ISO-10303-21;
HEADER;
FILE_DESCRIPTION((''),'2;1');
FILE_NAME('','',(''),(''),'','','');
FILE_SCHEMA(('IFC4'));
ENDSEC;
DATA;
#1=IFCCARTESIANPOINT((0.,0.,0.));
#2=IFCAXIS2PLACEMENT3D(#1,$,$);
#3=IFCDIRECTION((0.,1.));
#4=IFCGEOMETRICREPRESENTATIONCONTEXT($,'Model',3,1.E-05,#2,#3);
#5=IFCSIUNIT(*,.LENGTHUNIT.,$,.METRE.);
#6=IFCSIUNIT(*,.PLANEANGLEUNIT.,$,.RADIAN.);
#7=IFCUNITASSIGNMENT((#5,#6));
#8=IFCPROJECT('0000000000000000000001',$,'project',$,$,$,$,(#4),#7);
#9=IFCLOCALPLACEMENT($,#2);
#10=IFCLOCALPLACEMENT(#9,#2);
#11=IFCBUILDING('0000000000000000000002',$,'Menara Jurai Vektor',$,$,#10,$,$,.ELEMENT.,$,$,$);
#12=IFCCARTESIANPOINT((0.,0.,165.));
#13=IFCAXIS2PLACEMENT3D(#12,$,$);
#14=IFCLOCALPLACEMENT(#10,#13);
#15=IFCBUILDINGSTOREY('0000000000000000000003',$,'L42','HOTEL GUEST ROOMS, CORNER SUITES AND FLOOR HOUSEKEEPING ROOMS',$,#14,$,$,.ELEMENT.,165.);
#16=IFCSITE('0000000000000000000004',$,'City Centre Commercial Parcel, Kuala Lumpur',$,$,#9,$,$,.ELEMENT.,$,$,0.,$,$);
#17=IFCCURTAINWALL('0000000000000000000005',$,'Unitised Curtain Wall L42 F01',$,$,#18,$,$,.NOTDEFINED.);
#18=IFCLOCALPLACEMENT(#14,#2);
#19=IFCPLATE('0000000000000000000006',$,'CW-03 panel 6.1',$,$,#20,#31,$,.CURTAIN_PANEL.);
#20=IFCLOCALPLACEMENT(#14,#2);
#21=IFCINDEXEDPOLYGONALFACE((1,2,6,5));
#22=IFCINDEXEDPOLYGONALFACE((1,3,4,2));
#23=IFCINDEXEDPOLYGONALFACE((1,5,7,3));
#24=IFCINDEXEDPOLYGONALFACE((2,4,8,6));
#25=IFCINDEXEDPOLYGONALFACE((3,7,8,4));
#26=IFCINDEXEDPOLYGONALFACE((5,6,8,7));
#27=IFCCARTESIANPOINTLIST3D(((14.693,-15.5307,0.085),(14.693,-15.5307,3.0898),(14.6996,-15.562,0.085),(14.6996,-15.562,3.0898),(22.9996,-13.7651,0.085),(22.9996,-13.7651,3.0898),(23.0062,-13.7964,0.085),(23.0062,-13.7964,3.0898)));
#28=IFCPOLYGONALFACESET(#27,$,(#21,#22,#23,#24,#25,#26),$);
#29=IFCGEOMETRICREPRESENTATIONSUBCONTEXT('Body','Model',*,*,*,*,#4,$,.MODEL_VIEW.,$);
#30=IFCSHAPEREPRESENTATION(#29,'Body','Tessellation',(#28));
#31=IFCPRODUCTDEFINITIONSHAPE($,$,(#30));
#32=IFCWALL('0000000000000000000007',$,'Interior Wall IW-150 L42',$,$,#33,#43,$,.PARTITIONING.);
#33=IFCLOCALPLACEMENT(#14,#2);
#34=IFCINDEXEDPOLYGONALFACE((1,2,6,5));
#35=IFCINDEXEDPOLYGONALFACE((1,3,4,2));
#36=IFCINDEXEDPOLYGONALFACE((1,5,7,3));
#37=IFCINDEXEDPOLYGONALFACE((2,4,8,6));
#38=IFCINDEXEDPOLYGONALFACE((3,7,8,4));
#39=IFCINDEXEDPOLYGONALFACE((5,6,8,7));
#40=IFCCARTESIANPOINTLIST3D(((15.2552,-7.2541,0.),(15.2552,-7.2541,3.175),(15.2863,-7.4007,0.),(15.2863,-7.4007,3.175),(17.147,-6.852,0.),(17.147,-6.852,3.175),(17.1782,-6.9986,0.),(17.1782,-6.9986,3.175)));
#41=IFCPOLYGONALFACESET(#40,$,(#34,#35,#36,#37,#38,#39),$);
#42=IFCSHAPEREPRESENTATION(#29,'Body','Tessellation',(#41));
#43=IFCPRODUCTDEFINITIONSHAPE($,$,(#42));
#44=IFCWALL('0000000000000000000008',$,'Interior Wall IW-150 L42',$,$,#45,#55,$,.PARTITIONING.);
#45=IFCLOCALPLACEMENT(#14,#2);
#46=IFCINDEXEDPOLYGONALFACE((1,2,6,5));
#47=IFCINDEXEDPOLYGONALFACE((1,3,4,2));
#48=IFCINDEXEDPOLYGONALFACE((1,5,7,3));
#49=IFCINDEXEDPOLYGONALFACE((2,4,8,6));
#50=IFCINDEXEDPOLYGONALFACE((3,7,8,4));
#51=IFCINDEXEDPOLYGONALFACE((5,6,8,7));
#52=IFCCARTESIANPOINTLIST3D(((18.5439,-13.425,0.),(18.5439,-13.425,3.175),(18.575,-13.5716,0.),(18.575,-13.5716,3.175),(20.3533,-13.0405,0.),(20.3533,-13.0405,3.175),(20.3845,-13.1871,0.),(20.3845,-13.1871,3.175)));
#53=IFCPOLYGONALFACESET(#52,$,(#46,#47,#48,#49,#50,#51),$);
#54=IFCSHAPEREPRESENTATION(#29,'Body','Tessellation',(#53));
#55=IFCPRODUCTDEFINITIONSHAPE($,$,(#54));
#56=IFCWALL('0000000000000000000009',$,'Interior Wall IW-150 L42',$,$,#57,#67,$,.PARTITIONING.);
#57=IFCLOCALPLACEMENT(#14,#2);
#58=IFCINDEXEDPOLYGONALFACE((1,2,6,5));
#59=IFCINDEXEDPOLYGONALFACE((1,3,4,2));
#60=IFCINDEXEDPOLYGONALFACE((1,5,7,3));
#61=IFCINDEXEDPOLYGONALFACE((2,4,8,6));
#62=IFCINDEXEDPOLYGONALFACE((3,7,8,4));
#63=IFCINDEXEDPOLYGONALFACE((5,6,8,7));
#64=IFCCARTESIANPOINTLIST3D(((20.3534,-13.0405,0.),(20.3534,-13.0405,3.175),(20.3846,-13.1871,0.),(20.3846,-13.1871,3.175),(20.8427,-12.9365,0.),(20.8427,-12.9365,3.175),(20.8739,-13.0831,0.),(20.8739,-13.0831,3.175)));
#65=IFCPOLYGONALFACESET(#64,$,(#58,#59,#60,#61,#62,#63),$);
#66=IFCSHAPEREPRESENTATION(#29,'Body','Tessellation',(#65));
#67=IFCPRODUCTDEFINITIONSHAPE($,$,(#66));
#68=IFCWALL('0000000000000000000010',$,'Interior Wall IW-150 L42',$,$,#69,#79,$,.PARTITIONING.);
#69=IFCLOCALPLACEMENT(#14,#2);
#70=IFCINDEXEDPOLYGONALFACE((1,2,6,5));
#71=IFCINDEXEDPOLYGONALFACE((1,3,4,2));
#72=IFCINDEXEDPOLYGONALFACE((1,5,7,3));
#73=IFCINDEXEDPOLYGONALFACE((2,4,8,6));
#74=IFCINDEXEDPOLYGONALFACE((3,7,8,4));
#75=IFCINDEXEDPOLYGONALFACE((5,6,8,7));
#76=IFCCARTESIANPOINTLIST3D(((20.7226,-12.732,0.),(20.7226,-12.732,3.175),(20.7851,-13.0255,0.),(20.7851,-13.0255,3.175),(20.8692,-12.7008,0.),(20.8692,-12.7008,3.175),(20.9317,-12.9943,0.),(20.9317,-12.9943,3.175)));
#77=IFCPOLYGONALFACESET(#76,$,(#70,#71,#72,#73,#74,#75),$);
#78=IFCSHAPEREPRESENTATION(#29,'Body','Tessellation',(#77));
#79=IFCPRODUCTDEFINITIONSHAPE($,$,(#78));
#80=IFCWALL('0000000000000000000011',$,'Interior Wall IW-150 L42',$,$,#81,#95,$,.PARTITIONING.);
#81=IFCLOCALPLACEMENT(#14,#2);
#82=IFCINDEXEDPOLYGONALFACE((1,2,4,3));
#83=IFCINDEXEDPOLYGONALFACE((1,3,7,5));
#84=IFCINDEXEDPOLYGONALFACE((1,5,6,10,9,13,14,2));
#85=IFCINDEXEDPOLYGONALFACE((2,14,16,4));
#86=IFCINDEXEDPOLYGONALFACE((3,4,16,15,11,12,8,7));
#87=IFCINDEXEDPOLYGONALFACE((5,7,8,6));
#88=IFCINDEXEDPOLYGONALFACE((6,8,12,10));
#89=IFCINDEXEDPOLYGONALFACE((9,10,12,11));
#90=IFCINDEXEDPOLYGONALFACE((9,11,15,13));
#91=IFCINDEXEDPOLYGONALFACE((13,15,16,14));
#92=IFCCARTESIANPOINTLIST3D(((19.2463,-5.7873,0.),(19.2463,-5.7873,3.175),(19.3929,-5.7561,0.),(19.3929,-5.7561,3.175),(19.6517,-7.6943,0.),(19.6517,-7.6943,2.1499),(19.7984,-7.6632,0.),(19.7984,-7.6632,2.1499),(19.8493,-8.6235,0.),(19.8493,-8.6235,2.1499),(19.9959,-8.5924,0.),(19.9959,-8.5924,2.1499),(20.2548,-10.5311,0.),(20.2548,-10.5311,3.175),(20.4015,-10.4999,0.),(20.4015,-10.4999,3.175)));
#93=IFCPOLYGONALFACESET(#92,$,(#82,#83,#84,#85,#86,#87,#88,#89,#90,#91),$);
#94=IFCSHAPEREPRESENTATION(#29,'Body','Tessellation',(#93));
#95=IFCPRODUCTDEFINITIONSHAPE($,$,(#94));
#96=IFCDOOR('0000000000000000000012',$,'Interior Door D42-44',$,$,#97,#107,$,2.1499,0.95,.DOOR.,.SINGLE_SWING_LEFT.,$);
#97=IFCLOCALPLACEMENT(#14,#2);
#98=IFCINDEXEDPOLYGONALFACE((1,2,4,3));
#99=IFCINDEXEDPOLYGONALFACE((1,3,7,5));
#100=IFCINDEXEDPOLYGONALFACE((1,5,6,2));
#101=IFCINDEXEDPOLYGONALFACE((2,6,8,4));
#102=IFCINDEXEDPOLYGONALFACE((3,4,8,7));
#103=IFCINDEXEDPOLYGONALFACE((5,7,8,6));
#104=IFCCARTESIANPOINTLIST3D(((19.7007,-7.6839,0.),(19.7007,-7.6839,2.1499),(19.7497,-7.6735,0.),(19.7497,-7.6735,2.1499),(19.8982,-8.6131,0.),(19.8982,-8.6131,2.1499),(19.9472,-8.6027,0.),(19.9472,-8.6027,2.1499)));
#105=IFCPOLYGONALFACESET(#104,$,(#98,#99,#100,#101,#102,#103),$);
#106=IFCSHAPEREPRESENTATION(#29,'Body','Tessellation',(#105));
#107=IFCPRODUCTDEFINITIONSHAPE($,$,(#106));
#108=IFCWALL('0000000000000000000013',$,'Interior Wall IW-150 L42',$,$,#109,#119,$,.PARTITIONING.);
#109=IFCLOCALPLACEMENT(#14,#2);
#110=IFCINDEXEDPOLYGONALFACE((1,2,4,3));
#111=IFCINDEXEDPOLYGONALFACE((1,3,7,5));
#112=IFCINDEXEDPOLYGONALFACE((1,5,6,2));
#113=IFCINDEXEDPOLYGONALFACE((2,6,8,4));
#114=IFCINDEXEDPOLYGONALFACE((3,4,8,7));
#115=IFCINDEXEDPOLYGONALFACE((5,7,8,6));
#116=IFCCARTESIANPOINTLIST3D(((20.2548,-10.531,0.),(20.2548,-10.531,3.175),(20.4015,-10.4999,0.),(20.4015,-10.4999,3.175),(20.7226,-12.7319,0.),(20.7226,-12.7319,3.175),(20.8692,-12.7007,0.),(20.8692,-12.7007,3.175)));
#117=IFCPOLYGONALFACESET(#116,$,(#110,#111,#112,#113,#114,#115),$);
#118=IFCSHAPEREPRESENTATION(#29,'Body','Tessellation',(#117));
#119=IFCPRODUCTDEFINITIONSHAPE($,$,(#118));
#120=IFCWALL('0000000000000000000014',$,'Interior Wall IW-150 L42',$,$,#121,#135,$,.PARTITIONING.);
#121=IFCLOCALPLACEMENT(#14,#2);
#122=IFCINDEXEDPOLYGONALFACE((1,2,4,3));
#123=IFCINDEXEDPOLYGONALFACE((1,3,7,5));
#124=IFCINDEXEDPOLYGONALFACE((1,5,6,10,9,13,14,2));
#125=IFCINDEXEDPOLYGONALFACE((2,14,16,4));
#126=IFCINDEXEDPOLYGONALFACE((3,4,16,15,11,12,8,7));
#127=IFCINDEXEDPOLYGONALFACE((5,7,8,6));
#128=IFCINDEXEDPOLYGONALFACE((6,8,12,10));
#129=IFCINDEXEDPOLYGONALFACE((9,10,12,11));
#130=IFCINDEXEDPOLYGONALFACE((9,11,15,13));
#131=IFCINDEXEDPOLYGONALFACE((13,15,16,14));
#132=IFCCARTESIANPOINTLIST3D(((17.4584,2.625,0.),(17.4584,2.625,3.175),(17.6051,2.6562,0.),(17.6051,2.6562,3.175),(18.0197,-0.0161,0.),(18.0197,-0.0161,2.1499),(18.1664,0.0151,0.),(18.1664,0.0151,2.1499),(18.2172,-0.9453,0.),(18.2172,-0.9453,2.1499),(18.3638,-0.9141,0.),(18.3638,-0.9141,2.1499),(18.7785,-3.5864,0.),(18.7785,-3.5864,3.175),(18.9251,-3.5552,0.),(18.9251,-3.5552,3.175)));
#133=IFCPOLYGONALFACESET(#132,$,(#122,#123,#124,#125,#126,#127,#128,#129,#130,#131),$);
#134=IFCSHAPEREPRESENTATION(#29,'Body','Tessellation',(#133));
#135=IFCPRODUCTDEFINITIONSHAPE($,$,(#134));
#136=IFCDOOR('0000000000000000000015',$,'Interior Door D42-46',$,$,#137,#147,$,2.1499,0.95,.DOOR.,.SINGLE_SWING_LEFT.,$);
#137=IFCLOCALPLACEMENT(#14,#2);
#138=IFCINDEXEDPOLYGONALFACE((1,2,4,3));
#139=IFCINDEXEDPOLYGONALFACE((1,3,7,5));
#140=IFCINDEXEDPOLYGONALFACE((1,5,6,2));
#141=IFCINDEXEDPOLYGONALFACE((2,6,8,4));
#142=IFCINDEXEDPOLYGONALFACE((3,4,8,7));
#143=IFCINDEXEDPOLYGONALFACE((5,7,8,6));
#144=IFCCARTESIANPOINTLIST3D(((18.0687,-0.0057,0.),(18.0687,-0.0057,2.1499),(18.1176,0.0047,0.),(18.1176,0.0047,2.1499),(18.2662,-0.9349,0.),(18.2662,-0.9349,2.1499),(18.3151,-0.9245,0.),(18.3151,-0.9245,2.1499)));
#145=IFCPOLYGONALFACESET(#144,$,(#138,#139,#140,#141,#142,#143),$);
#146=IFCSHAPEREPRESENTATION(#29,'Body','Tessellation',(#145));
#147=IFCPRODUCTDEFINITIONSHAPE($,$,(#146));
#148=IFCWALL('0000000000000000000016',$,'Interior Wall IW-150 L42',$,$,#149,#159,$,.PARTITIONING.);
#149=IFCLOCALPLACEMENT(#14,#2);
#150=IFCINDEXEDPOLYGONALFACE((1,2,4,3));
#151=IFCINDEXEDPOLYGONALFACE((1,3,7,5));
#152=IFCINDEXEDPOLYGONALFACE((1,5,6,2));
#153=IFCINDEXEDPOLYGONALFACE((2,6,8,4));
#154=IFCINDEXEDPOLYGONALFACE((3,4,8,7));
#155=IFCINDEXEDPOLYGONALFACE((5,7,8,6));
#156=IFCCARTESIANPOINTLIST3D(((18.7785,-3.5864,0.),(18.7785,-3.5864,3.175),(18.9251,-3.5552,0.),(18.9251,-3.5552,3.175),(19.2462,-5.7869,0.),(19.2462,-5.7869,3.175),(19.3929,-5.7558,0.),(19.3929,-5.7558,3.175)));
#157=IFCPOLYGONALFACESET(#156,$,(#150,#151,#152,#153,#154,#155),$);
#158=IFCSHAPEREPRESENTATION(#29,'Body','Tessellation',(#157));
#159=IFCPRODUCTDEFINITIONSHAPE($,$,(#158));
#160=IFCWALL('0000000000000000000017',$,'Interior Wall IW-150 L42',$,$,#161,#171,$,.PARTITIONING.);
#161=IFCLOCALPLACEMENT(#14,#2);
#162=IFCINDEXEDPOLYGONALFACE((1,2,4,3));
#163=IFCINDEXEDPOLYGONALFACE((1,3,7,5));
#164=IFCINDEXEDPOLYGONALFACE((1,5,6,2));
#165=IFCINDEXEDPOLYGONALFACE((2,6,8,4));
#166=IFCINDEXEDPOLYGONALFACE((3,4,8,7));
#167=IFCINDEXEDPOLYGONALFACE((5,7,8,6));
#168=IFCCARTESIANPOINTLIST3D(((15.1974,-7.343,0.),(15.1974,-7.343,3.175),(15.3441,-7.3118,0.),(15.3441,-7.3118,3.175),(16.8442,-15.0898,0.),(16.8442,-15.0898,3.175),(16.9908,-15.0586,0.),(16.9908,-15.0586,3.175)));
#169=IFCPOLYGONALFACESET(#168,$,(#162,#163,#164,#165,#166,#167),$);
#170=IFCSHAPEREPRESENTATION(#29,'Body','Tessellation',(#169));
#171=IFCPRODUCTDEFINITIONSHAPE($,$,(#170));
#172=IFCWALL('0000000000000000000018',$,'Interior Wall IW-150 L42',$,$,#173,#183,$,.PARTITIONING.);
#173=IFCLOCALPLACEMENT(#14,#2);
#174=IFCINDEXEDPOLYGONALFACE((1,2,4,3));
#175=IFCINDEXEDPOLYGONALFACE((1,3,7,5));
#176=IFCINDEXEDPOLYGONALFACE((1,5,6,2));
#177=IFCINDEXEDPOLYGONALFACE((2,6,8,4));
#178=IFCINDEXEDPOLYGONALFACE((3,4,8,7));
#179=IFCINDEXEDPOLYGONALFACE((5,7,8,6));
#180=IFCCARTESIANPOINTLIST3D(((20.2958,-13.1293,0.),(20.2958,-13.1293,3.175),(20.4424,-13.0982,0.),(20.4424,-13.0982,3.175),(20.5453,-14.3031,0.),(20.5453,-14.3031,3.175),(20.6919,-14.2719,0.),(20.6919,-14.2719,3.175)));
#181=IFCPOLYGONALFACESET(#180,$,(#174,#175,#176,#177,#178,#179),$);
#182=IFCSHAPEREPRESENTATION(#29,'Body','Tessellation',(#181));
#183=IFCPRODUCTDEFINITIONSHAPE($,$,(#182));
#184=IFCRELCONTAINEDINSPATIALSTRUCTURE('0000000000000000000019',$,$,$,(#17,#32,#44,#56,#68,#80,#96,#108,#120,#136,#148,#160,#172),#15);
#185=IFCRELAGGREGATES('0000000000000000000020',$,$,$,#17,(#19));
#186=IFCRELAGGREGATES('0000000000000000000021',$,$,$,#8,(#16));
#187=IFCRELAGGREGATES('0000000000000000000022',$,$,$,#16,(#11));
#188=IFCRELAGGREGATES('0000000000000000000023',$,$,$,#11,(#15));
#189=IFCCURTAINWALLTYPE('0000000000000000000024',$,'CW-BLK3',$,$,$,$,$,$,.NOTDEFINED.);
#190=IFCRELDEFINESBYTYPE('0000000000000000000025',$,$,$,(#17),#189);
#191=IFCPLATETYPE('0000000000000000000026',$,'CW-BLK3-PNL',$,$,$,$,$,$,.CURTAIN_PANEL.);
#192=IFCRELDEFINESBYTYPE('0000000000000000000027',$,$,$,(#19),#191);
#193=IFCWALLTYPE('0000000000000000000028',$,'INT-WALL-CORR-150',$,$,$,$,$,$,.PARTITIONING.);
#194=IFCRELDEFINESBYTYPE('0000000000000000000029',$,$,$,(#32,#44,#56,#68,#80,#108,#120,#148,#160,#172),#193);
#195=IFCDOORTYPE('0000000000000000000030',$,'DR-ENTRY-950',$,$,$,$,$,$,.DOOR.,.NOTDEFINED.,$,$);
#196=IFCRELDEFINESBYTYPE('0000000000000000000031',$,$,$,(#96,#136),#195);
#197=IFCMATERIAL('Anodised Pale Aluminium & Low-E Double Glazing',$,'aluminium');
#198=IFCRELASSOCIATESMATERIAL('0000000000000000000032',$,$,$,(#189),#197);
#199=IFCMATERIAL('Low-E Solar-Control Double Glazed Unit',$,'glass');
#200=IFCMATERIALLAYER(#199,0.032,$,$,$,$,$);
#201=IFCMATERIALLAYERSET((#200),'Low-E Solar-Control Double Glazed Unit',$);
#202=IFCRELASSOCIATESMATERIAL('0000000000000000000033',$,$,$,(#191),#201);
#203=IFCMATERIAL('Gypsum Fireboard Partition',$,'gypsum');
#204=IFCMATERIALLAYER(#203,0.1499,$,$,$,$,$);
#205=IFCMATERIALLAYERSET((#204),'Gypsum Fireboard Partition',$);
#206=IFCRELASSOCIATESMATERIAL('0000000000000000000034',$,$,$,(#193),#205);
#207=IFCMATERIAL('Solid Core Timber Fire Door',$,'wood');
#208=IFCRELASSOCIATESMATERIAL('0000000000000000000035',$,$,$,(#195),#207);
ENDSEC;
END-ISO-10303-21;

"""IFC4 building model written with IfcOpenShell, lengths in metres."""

from ifc_helpers import new_model, si_unit, direction, frame, frame_2d, origin, origin_2d, place, context, subcontext, project, spatial, rectangle, extrude, material, layer, layer_set, type_object, element, fill, aggregate, save


model = new_model("IFC4")

# Units and contexts
model_context = context("Model", 3, precision=1e-05, world=origin(), true_north=direction((0.0, 1.0)))
body_context = subcontext(model_context, "Body", "Model", "MODEL_VIEW")
ifc_project = project(units=[si_unit("LENGTHUNIT", "METRE"), si_unit("PLANEANGLEUNIT", "RADIAN")], contexts=[model_context])

# Site, building, storey
site_placement = place(None, origin())
site = spatial("IfcSite", under=ifc_project, at=site_placement, Name="City Centre Commercial Parcel, Kuala Lumpur", CompositionType="ELEMENT", RefElevation=0.0)
building_placement = place(site_placement, origin())
building = spatial("IfcBuilding", under=site, at=building_placement, Name="Menara Jurai Vektor", CompositionType="ELEMENT")
storey_placement = place(building_placement, frame((0.0, 0.0, 165.0)))
storey = spatial("IfcBuildingStorey", under=building, at=storey_placement, Name="L42", Description="HOTEL GUEST ROOMS, CORNER SUITES AND FLOOR HOUSEKEEPING ROOMS", CompositionType="ELEMENT", Elevation=165.0)

# Curtain wall
ifc_material_1 = material(Name="Anodised Pale Aluminium & Low-E Double Glazing", Category="aluminium")
curtain_wall_type = type_object("IfcCurtainWallType", Name="CW-BLK3", PredefinedType="NOTDEFINED", material=ifc_material_1)
curtain_wall_placement = place(storey_placement, origin())
curtain_wall = element("IfcCurtainWall", 1, at=curtain_wall_placement, inside=storey, type_object=curtain_wall_type, Name="Unitised Curtain Wall L42 F01", PredefinedType="NOTDEFINED")

# Plate
ifc_material_2 = material(Name="Low-E Solar-Control Double Glazed Unit", Category="glass")
ifc_layer_1 = layer(ifc_material_2, 0.032)
ifc_layer_set_1 = layer_set([ifc_layer_1], Name="Low-E Solar-Control Double Glazed Unit")
plate_type = type_object("IfcPlateType", Name="CW-BLK3-PNL", PredefinedType="CURTAIN_PANEL", material=ifc_layer_set_1)
plate_placement = place(storey_placement, frame((18.8496, -14.6636, 0.085), z_axis=(0.0, 0.0, 1.0), x_axis=(0.978148, 0.207911, 0.0)))
plate = element("IfcPlate", 2, at=plate_placement, type_object=plate_type, Name="CW-03 panel 6.1", PredefinedType="CURTAIN_PANEL", context=body_context, shape_type="SweptSolid", body=[
    extrude(rectangle(XDim=8.4922, YDim=0.032, at=origin_2d()), origin(), (0.0, 0.0, 1.0), 3.0049),
])
aggregate(curtain_wall, [plate])

# Walls
ifc_material_3 = material(Name="Gypsum Fireboard Partition", Category="gypsum")
ifc_layer_2 = layer(ifc_material_3, 0.1499)
ifc_layer_set_2 = layer_set([ifc_layer_2], Name="Gypsum Fireboard Partition")
wall_type_1 = type_object("IfcWallType", Name="INT-WALL-CORR-150", PredefinedType="PARTITIONING", material=ifc_layer_set_2)
wall_1_placement = place(storey_placement, frame((15.2708, -7.3274, 0.0), z_axis=(0.0, 0.0, 1.0), x_axis=(0.97815, 0.2079, 0.0)))
element("IfcWall", 3, at=wall_1_placement, inside=storey, type_object=wall_type_1, Name="Interior Wall IW-150 L42", PredefinedType="PARTITIONING", context=body_context, shape_type="SweptSolid", body=[
    extrude(rectangle(XDim=1.9341, YDim=0.1499, at=frame_2d((0.967, 0.0))), origin(), (0.0, 0.0, 1.0), 3.175),
])
wall_2_placement = place(storey_placement, frame((18.5596, -13.4983, 0.0), z_axis=(0.0, 0.0, 1.0), x_axis=(0.97816, 0.207852, 0.0)))
element("IfcWall", 4, at=wall_2_placement, inside=storey, type_object=wall_type_1, Name="Interior Wall IW-150 L42", PredefinedType="PARTITIONING", context=body_context, shape_type="SweptSolid", body=[
    extrude(rectangle(XDim=1.8499, YDim=0.1499, at=frame_2d((0.9248, 0.0))), origin(), (0.0, 0.0, 1.0), 3.175),
])
wall_3_placement = place(storey_placement, frame((20.3691, -13.1138, 0.0), z_axis=(0.0, 0.0, 1.0), x_axis=(0.978144, 0.207929, 0.0)))
element("IfcWall", 5, at=wall_3_placement, inside=storey, type_object=wall_type_1, Name="Interior Wall IW-150 L42", PredefinedType="PARTITIONING", context=body_context, shape_type="SweptSolid", body=[
    extrude(rectangle(XDim=0.5002, YDim=0.1499, at=frame_2d((0.25, 0.0))), origin(), (0.0, 0.0, 1.0), 3.175),
])
wall_4_placement = place(storey_placement, frame((20.8584, -13.0098, 0.0), z_axis=(0.0, 0.0, 1.0), x_axis=(-0.208306, 0.978064, 0.0)))
element("IfcWall", 6, at=wall_4_placement, inside=storey, type_object=wall_type_1, Name="Interior Wall IW-150 L42", PredefinedType="PARTITIONING", context=body_context, shape_type="SweptSolid", body=[
    extrude(rectangle(XDim=0.3, YDim=0.1499, at=frame_2d((0.1499, 0.0))), origin(), (0.0, 0.0, 1.0), 3.175),
])

# Wall, opening, door
wall_5_placement = place(storey_placement, frame((20.3281, -10.5154, 0.0), z_axis=(0.0, 0.0, 1.0), x_axis=(-0.207951, 0.978139, 0.0)))
wall_5 = element("IfcWall", 7, at=wall_5_placement, inside=storey, type_object=wall_type_1, Name="Interior Wall IW-150 L42", PredefinedType="PARTITIONING", context=body_context, shape_type="SweptSolid", body=[
    extrude(rectangle(XDim=4.8499, YDim=0.1499, at=frame_2d((2.4248, 0.0))), origin(), (0.0, 0.0, 1.0), 3.175),
])
opening_1_placement = place(wall_5_placement, frame((1.95, 0.0, 0.0)))
opening_1 = element("IfcOpeningElement", 8, at=opening_1_placement, cuts=wall_5, PredefinedType="OPENING", context=body_context, shape_type="SweptSolid", body=[
    extrude(rectangle(XDim=0.95, YDim=2.1499, at=frame_2d((0.4751, 1.075))), frame((0.0, 0.085, 0.0), z_axis=(0.0, -1.0, 0.0), x_axis=(1.0, 0.0, 0.0)), (0.0, 0.0, 1.0), 0.1699),
])
ifc_material_4 = material(Name="Solid Core Timber Fire Door", Category="wood")
door_type_1 = type_object("IfcDoorType", Name="DR-ENTRY-950", OperationType="NOTDEFINED", PredefinedType="DOOR", material=ifc_material_4)
door_1_placement = place(opening_1_placement, origin())
door_1 = element("IfcDoor", 9, at=door_1_placement, inside=storey, type_object=door_type_1, Name="Interior Door D42-44", OperationType="SINGLE_SWING_LEFT", OverallHeight=2.1499, OverallWidth=0.95, PredefinedType="DOOR", context=body_context, shape_type="SweptSolid", body=[
    extrude(rectangle(XDim=0.95, YDim=2.1499, at=frame_2d((0.4751, 1.075))), frame((0.0, 0.0249, 0.0), z_axis=(0.0, -1.0, 0.0), x_axis=(1.0, 0.0, 0.0)), (0.0, 0.0, 1.0), 0.05),
])
fill(opening_1, door_1)

# Wall
wall_6_placement = place(storey_placement, frame((20.7959, -12.7163, 0.0), z_axis=(0.0, 0.0, 1.0), x_axis=(-0.207891, 0.978152, 0.0)))
element("IfcWall", 10, at=wall_6_placement, inside=storey, type_object=wall_type_1, Name="Interior Wall IW-150 L42", PredefinedType="PARTITIONING", context=body_context, shape_type="SweptSolid", body=[
    extrude(rectangle(XDim=2.25, YDim=0.1499, at=frame_2d((1.125, 0.0))), origin(), (0.0, 0.0, 1.0), 3.175),
])

# Wall, opening, door
wall_7_placement = place(storey_placement, frame((18.8518, -3.5708, 0.0), z_axis=(0.0, 0.0, 1.0), x_axis=(-0.20788, 0.978154, 0.0)))
wall_7 = element("IfcWall", 11, at=wall_7_placement, inside=storey, type_object=wall_type_1, Name="Interior Wall IW-150 L42", PredefinedType="PARTITIONING", context=body_context, shape_type="SweptSolid", body=[
    extrude(rectangle(XDim=6.3501, YDim=0.1499, at=frame_2d((3.175, 0.0))), origin(), (0.0, 0.0, 1.0), 3.175),
])
opening_2_placement = place(wall_7_placement, frame((2.7, 0.0, 0.0)))
opening_2 = element("IfcOpeningElement", 12, at=opening_2_placement, cuts=wall_7, PredefinedType="OPENING", context=body_context, shape_type="SweptSolid", body=[
    extrude(rectangle(XDim=0.95, YDim=2.1499, at=frame_2d((0.4751, 1.075))), frame((0.0, 0.085, 0.0), z_axis=(0.0, -1.0, 0.0), x_axis=(1.0, 0.0, 0.0)), (0.0, 0.0, 1.0), 0.1699),
])
door_2_placement = place(opening_2_placement, origin())
door_2 = element("IfcDoor", 13, at=door_2_placement, inside=storey, type_object=door_type_1, Name="Interior Door D42-46", OperationType="SINGLE_SWING_LEFT", OverallHeight=2.1499, OverallWidth=0.95, PredefinedType="DOOR", context=body_context, shape_type="SweptSolid", body=[
    extrude(rectangle(XDim=0.95, YDim=2.1499, at=frame_2d((0.4751, 1.075))), frame((0.0, 0.0249, 0.0), z_axis=(0.0, -1.0, 0.0), x_axis=(1.0, 0.0, 0.0)), (0.0, 0.0, 1.0), 0.05),
])
fill(opening_2, door_2)

# Walls
wall_8_placement = place(storey_placement, frame((19.3196, -5.7715, 0.0), z_axis=(0.0, 0.0, 1.0), x_axis=(-0.207913, 0.978147, 0.0)))
element("IfcWall", 14, at=wall_8_placement, inside=storey, type_object=wall_type_1, Name="Interior Wall IW-150 L42", PredefinedType="PARTITIONING", context=body_context, shape_type="SweptSolid", body=[
    extrude(rectangle(XDim=2.2498, YDim=0.1499, at=frame_2d((1.125, 0.0))), origin(), (0.0, 0.0, 1.0), 3.175),
])
wall_9_placement = place(storey_placement, frame((16.9175, -15.0742, 0.0), z_axis=(0.0, 0.0, 1.0), x_axis=(-0.207923, 0.978145, 0.0)))
element("IfcWall", 15, at=wall_9_placement, inside=storey, type_object=wall_type_1, Name="Interior Wall IW-150 L42", PredefinedType="PARTITIONING", context=body_context, shape_type="SweptSolid", body=[
    extrude(rectangle(XDim=7.9199, YDim=0.1499, at=frame_2d((3.96, 0.0))), origin(), (0.0, 0.0, 1.0), 3.175),
])
wall_10_placement = place(storey_placement, frame((20.6187, -14.2876, 0.0), z_axis=(0.0, 0.0, 1.0), x_axis=(-0.207917, 0.978146, 0.0)))
element("IfcWall", 16, at=wall_10_placement, inside=storey, type_object=wall_type_1, Name="Interior Wall IW-150 L42", PredefinedType="PARTITIONING", context=body_context, shape_type="SweptSolid", body=[
    extrude(rectangle(XDim=1.2, YDim=0.1499, at=frame_2d((0.6001, 0.0))), origin(), (0.0, 0.0, 1.0), 3.175),
])

save(model, "model.ifc")
